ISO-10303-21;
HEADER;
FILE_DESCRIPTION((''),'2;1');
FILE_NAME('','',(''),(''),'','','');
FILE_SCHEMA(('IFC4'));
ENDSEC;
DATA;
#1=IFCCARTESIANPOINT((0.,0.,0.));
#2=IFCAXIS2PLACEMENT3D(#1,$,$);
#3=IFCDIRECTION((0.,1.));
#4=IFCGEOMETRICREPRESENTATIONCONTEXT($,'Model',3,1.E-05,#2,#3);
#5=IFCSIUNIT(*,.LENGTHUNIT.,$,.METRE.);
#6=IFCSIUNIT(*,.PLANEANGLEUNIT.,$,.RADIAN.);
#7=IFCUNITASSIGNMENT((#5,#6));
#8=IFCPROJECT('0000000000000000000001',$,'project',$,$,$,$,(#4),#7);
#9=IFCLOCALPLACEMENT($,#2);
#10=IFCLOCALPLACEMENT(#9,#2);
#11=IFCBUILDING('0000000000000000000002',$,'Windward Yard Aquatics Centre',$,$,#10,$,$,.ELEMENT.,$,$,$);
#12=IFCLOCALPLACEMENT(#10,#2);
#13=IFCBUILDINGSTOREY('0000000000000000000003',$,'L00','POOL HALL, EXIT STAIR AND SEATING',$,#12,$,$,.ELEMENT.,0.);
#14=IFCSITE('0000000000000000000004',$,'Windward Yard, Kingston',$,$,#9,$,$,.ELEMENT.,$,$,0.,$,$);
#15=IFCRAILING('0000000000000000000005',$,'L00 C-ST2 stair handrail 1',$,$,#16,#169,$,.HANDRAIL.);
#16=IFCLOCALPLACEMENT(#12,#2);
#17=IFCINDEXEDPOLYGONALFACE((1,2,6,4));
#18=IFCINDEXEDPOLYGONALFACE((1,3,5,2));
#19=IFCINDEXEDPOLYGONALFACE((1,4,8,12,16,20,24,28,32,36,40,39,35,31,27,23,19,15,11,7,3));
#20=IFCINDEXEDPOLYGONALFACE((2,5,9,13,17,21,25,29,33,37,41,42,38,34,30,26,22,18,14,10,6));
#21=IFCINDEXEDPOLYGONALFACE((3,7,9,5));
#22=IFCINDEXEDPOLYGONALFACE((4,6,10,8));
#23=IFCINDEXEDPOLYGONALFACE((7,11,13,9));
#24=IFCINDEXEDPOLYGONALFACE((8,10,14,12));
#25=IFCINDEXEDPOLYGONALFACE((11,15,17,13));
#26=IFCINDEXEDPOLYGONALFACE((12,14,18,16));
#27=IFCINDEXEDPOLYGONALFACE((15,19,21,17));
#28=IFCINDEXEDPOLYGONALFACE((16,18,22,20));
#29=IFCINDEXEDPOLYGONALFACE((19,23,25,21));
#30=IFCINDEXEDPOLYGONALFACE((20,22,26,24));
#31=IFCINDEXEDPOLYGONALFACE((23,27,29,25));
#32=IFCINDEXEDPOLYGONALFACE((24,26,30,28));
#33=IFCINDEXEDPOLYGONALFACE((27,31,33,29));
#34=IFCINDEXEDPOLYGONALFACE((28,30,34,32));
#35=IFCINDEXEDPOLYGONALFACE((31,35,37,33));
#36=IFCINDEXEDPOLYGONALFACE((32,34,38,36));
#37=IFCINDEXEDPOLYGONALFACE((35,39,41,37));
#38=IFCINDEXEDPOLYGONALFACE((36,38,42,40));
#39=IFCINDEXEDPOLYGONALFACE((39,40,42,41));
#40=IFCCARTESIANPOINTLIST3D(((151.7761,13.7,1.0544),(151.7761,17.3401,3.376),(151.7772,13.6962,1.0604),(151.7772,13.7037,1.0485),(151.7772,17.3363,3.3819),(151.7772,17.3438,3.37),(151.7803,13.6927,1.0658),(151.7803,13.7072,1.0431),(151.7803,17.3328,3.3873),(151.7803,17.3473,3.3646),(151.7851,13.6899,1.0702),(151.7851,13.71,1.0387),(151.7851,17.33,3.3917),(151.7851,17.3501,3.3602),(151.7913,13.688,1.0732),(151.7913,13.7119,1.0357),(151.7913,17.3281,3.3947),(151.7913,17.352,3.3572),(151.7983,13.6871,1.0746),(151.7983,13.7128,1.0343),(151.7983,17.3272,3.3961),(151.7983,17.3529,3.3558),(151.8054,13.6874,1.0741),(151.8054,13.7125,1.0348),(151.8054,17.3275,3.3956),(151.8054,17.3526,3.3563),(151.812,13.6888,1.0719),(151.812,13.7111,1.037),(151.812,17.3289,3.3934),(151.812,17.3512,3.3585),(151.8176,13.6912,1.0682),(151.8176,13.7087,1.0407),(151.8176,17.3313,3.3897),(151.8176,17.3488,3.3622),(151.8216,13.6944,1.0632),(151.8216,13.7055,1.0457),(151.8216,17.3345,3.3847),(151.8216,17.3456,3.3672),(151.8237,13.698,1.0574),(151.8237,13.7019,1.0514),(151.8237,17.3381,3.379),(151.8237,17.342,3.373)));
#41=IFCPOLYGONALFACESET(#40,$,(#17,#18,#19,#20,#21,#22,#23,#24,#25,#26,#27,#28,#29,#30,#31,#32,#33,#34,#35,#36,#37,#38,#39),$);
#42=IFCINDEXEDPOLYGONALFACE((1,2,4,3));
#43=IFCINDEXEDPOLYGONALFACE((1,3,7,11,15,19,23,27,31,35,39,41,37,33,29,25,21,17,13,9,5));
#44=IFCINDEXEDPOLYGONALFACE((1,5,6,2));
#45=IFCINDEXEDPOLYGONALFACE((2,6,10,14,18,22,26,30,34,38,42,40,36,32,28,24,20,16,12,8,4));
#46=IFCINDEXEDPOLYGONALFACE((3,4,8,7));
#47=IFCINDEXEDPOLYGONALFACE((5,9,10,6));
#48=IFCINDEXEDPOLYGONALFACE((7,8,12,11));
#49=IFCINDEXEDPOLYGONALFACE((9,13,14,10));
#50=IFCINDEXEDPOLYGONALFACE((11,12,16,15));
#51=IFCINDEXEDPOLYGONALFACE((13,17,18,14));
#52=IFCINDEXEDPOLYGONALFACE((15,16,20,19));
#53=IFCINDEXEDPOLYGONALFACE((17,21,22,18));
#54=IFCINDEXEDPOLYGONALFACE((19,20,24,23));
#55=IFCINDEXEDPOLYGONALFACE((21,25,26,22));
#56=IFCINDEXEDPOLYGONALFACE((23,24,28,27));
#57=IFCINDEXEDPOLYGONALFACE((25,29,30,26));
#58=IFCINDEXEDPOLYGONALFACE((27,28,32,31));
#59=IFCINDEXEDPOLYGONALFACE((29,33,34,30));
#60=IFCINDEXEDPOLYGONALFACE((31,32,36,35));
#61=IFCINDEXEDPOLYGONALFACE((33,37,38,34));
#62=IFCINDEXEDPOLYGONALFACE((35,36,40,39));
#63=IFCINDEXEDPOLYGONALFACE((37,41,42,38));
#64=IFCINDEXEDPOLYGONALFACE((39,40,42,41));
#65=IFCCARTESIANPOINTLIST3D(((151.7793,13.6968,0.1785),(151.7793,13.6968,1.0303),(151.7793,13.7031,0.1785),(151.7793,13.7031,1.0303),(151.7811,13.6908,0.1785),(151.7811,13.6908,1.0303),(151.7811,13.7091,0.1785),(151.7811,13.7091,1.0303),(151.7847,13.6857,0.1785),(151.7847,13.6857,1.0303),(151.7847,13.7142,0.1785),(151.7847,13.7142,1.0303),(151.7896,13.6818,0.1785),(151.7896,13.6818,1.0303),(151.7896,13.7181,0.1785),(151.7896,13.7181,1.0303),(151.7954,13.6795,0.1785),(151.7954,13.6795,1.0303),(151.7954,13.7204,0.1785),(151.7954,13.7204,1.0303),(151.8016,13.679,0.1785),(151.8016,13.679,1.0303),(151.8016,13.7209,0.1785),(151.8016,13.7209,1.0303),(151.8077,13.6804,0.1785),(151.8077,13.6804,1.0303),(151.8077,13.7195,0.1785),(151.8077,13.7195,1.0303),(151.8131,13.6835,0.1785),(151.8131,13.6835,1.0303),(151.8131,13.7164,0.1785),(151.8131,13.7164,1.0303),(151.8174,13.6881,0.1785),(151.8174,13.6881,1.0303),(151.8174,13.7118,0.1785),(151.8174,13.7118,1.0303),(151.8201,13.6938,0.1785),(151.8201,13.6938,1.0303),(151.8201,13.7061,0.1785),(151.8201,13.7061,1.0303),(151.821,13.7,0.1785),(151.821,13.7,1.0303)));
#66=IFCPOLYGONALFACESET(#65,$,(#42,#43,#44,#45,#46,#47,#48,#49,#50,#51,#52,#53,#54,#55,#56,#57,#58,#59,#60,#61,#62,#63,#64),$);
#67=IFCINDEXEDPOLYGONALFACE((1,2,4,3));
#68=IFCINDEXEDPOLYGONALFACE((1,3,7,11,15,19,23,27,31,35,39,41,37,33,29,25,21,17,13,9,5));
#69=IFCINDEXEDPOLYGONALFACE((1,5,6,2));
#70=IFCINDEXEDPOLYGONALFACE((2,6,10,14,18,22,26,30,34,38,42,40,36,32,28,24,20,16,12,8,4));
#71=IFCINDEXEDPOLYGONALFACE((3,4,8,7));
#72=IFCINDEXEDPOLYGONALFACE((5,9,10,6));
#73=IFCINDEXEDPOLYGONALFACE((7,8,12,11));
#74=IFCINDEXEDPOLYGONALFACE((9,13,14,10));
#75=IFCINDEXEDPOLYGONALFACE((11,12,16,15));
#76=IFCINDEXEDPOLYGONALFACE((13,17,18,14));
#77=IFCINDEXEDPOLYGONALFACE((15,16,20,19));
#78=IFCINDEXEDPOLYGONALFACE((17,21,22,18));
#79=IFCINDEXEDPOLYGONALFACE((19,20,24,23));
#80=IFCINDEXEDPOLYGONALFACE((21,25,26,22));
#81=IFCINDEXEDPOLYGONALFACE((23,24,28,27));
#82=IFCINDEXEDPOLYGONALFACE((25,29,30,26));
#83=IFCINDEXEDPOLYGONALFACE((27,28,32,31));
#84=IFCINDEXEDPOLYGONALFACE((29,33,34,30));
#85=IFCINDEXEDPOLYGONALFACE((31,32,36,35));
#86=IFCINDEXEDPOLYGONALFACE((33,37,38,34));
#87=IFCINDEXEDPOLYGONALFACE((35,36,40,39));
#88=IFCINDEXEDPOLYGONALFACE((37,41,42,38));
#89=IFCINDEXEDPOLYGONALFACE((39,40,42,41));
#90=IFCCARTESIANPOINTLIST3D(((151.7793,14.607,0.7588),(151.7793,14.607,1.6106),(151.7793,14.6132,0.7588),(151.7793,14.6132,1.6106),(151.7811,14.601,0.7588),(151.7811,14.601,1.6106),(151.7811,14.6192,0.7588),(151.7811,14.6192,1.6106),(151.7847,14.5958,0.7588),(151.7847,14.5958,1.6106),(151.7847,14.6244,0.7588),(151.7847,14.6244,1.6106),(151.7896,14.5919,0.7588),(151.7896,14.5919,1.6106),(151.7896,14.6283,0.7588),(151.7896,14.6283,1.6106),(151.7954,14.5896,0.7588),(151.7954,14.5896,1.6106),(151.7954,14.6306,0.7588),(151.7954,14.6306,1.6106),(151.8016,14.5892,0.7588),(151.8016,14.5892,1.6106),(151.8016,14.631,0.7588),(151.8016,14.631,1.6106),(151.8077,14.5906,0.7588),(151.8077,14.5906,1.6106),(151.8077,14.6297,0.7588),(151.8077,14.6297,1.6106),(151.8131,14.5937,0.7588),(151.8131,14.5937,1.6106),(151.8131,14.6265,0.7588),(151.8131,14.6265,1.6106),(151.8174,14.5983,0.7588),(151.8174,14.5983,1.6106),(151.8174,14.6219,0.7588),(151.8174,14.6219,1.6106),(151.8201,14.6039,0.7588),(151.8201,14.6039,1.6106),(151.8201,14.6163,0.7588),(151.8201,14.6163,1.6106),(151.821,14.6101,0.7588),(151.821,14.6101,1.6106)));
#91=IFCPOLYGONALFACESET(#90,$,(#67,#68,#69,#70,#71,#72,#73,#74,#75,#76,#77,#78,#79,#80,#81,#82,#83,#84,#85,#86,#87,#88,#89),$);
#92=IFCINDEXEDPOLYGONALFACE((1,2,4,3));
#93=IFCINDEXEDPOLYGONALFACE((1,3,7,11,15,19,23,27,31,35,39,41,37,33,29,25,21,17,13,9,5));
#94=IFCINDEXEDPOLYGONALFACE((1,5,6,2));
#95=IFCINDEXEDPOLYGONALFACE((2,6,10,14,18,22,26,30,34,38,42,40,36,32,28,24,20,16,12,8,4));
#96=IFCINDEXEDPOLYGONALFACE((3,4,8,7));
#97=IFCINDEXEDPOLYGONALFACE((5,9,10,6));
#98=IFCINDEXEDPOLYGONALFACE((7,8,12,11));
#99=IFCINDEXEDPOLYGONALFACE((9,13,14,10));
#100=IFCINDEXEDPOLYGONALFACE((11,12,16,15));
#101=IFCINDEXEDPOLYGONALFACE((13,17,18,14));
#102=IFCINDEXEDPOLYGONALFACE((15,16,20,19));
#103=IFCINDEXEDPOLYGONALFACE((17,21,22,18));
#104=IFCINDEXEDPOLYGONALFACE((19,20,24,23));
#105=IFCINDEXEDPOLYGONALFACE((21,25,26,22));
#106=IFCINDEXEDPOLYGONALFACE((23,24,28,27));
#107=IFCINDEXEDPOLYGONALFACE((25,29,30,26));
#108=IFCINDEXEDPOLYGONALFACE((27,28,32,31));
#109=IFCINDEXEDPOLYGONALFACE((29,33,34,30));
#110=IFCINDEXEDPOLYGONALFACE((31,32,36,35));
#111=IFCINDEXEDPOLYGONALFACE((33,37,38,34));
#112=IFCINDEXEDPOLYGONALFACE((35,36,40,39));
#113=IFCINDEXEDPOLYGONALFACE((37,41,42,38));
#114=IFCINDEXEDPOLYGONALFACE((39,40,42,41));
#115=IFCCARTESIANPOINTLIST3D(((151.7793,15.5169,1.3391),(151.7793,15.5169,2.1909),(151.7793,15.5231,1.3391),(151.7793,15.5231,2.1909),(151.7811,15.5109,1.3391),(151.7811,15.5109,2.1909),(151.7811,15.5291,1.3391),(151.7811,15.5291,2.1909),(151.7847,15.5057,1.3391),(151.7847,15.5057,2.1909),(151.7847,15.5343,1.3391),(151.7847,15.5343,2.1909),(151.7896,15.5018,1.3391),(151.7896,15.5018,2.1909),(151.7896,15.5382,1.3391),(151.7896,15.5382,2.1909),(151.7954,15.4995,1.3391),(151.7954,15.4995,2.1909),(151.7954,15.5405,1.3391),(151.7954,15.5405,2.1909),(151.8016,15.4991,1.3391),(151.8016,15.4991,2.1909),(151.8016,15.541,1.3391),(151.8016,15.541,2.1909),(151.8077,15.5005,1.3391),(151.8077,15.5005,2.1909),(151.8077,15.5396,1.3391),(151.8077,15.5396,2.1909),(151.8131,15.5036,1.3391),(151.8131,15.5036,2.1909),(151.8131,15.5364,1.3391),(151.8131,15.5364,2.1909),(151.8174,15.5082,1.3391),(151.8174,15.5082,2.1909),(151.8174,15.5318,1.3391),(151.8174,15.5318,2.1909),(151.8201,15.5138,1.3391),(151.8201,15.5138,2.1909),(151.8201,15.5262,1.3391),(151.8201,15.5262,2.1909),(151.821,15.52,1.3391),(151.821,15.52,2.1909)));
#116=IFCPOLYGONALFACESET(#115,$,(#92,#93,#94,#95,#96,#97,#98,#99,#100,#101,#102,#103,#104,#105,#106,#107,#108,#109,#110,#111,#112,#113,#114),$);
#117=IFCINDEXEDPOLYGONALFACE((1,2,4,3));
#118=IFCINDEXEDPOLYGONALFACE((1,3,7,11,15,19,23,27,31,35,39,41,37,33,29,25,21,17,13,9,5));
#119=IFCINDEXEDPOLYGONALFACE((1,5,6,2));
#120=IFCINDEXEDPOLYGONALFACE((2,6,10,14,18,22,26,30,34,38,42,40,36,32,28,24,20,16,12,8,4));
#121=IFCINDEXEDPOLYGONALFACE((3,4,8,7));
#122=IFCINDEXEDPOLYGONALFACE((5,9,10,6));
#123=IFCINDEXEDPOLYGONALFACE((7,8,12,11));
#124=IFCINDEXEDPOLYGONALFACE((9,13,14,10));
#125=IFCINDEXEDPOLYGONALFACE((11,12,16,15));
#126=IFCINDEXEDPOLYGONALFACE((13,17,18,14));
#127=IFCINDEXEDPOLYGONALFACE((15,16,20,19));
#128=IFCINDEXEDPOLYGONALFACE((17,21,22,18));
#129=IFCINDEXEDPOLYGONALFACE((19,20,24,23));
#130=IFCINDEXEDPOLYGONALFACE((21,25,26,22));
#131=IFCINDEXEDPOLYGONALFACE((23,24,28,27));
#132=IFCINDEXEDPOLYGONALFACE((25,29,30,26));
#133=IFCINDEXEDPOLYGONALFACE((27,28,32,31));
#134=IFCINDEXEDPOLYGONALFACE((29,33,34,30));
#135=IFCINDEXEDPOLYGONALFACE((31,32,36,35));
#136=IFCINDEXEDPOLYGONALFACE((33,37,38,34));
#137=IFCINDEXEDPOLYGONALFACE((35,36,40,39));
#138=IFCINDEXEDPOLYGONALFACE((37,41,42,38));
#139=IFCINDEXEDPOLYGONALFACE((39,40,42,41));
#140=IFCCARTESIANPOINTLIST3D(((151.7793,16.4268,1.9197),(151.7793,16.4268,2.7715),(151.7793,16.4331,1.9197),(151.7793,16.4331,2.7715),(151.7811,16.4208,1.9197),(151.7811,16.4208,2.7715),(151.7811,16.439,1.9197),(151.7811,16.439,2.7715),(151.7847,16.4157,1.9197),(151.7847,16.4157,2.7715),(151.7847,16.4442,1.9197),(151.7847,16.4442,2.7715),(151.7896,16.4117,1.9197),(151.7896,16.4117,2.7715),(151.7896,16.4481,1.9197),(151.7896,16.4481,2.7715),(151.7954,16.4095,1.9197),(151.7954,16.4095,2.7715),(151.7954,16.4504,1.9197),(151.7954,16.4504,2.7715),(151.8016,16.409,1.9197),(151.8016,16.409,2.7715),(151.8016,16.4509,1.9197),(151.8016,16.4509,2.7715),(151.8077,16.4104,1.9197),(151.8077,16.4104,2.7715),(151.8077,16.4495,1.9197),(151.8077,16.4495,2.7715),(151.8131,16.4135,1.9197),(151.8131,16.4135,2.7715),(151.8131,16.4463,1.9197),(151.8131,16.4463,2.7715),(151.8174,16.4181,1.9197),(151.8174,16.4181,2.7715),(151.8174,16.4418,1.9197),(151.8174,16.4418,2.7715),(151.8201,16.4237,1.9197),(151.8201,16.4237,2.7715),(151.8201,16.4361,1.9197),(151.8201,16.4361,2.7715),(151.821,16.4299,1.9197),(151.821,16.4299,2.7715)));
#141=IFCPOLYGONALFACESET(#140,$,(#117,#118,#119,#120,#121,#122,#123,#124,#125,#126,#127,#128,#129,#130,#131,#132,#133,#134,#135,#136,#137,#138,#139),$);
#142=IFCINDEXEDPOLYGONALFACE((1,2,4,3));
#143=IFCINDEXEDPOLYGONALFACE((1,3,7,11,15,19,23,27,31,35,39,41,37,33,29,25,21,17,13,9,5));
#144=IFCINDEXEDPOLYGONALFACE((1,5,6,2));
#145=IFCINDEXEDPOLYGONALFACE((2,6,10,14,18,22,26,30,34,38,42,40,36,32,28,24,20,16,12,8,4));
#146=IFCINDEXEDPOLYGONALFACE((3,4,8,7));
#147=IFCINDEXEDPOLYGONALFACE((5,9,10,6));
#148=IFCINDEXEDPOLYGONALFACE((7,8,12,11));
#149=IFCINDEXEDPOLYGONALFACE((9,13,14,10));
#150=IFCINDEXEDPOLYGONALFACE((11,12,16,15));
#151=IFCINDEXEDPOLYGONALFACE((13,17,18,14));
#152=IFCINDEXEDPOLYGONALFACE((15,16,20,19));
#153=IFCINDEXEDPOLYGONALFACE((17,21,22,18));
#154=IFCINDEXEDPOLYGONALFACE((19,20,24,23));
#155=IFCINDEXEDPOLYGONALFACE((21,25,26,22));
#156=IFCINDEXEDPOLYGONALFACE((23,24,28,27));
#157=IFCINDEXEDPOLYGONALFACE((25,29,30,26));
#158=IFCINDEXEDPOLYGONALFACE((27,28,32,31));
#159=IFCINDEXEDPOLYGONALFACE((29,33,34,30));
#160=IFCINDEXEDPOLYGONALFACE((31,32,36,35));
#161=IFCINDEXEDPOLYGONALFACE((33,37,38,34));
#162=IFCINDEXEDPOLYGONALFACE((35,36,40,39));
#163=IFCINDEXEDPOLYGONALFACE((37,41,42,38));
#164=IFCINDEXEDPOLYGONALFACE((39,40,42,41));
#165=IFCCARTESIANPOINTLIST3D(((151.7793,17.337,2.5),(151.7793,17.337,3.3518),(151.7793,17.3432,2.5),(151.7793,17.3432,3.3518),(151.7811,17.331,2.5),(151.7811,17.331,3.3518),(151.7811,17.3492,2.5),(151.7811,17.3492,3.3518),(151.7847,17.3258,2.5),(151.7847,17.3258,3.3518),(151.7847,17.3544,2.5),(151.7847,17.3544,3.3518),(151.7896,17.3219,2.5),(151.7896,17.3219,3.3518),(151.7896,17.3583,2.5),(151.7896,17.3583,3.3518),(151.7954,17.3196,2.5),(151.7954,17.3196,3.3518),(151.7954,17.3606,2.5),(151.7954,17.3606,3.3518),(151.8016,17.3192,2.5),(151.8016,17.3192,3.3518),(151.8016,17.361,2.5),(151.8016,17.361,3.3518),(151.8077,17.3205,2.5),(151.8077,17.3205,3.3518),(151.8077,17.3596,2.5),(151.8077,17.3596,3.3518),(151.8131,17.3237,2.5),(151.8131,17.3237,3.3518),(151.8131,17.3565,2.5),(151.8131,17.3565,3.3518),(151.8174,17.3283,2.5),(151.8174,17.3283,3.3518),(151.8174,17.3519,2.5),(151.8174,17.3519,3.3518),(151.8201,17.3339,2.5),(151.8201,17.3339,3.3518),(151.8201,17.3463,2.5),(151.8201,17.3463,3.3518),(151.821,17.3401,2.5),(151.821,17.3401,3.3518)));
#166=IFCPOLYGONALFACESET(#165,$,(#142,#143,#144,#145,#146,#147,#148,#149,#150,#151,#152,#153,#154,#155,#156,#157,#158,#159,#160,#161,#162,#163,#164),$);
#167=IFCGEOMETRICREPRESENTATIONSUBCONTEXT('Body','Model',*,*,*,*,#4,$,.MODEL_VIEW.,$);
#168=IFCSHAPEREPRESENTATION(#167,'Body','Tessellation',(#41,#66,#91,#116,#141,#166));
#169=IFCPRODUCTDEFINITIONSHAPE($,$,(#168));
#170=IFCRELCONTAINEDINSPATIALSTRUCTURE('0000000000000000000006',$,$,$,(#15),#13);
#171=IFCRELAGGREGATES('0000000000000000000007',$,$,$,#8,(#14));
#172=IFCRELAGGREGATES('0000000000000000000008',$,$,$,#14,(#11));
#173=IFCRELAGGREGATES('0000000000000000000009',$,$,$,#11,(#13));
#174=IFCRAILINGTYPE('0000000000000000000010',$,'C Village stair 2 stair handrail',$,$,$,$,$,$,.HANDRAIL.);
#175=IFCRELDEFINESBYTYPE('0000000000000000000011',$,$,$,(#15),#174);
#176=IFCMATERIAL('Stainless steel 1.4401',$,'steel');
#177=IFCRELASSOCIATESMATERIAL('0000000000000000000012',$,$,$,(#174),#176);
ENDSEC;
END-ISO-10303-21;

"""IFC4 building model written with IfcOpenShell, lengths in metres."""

from ifc_helpers import new_model, si_unit, direction, frame, origin, origin_2d, place, context, subcontext, project, spatial, circle, extrude, material, type_object, element, save


model = new_model("IFC4")

# Units and contexts
model_context = context("Model", 3, precision=1e-05, world=origin(), true_north=direction((0.0, 1.0)))
body_context = subcontext(model_context, "Body", "Model", "MODEL_VIEW")
ifc_project = project(units=[si_unit("LENGTHUNIT", "METRE"), si_unit("PLANEANGLEUNIT", "RADIAN")], contexts=[model_context])

# Site, building, storey
site_placement = place(None, origin())
site = spatial("IfcSite", under=ifc_project, at=site_placement, Name="Windward Yard, Kingston", CompositionType="ELEMENT", RefElevation=0.0)
building_placement = place(site_placement, origin())
building = spatial("IfcBuilding", under=site, at=building_placement, Name="Windward Yard Aquatics Centre", CompositionType="ELEMENT")
storey_placement = place(building_placement, origin())
storey = spatial("IfcBuildingStorey", under=building, at=storey_placement, Name="L00", Description="POOL HALL, EXIT STAIR AND SEATING", CompositionType="ELEMENT", Elevation=0.0)

# Railing
ifc_material_1 = material(Name="Stainless steel 1.4401", Category="steel")
railing_type_1 = type_object("IfcRailingType", Name="C Village stair 2 stair handrail", PredefinedType="HANDRAIL", material=ifc_material_1)
railing_1_placement = place(storey_placement, frame((151.8, 13.7, 0.1785)))
element("IfcRailing", 1, at=railing_1_placement, inside=storey, type_object=railing_type_1, Name="L00 C-ST2 stair handrail 1", PredefinedType="HANDRAIL", context=body_context, shape_type="SweptSolid", body=[
    extrude(circle(Radius=0.0239, at=origin_2d()), frame((0.0, 0.0, 0.876), z_axis=(0.0, 0.843128, 0.537713), x_axis=(-1.0, 0.0, 0.0)), (0.0, 0.0, 1.0), 4.3174),
    extrude(circle(Radius=0.021, at=origin_2d()), origin(), (0.0, 0.0, 1.0), 0.8518),
    extrude(circle(Radius=0.021, at=origin_2d()), frame((0.0, 0.9102, 0.5803)), (0.0, 0.0, 1.0), 0.8518),
    extrude(circle(Radius=0.021, at=origin_2d()), frame((0.0, 1.8201, 1.1606)), (0.0, 0.0, 1.0), 0.8518),
    extrude(circle(Radius=0.021, at=origin_2d()), frame((0.0, 2.73, 1.7412)), (0.0, 0.0, 1.0), 0.8518),
    extrude(circle(Radius=0.021, at=origin_2d()), frame((0.0, 3.6401, 2.3215)), (0.0, 0.0, 1.0), 0.8518),
])

save(model, "model.ifc")
